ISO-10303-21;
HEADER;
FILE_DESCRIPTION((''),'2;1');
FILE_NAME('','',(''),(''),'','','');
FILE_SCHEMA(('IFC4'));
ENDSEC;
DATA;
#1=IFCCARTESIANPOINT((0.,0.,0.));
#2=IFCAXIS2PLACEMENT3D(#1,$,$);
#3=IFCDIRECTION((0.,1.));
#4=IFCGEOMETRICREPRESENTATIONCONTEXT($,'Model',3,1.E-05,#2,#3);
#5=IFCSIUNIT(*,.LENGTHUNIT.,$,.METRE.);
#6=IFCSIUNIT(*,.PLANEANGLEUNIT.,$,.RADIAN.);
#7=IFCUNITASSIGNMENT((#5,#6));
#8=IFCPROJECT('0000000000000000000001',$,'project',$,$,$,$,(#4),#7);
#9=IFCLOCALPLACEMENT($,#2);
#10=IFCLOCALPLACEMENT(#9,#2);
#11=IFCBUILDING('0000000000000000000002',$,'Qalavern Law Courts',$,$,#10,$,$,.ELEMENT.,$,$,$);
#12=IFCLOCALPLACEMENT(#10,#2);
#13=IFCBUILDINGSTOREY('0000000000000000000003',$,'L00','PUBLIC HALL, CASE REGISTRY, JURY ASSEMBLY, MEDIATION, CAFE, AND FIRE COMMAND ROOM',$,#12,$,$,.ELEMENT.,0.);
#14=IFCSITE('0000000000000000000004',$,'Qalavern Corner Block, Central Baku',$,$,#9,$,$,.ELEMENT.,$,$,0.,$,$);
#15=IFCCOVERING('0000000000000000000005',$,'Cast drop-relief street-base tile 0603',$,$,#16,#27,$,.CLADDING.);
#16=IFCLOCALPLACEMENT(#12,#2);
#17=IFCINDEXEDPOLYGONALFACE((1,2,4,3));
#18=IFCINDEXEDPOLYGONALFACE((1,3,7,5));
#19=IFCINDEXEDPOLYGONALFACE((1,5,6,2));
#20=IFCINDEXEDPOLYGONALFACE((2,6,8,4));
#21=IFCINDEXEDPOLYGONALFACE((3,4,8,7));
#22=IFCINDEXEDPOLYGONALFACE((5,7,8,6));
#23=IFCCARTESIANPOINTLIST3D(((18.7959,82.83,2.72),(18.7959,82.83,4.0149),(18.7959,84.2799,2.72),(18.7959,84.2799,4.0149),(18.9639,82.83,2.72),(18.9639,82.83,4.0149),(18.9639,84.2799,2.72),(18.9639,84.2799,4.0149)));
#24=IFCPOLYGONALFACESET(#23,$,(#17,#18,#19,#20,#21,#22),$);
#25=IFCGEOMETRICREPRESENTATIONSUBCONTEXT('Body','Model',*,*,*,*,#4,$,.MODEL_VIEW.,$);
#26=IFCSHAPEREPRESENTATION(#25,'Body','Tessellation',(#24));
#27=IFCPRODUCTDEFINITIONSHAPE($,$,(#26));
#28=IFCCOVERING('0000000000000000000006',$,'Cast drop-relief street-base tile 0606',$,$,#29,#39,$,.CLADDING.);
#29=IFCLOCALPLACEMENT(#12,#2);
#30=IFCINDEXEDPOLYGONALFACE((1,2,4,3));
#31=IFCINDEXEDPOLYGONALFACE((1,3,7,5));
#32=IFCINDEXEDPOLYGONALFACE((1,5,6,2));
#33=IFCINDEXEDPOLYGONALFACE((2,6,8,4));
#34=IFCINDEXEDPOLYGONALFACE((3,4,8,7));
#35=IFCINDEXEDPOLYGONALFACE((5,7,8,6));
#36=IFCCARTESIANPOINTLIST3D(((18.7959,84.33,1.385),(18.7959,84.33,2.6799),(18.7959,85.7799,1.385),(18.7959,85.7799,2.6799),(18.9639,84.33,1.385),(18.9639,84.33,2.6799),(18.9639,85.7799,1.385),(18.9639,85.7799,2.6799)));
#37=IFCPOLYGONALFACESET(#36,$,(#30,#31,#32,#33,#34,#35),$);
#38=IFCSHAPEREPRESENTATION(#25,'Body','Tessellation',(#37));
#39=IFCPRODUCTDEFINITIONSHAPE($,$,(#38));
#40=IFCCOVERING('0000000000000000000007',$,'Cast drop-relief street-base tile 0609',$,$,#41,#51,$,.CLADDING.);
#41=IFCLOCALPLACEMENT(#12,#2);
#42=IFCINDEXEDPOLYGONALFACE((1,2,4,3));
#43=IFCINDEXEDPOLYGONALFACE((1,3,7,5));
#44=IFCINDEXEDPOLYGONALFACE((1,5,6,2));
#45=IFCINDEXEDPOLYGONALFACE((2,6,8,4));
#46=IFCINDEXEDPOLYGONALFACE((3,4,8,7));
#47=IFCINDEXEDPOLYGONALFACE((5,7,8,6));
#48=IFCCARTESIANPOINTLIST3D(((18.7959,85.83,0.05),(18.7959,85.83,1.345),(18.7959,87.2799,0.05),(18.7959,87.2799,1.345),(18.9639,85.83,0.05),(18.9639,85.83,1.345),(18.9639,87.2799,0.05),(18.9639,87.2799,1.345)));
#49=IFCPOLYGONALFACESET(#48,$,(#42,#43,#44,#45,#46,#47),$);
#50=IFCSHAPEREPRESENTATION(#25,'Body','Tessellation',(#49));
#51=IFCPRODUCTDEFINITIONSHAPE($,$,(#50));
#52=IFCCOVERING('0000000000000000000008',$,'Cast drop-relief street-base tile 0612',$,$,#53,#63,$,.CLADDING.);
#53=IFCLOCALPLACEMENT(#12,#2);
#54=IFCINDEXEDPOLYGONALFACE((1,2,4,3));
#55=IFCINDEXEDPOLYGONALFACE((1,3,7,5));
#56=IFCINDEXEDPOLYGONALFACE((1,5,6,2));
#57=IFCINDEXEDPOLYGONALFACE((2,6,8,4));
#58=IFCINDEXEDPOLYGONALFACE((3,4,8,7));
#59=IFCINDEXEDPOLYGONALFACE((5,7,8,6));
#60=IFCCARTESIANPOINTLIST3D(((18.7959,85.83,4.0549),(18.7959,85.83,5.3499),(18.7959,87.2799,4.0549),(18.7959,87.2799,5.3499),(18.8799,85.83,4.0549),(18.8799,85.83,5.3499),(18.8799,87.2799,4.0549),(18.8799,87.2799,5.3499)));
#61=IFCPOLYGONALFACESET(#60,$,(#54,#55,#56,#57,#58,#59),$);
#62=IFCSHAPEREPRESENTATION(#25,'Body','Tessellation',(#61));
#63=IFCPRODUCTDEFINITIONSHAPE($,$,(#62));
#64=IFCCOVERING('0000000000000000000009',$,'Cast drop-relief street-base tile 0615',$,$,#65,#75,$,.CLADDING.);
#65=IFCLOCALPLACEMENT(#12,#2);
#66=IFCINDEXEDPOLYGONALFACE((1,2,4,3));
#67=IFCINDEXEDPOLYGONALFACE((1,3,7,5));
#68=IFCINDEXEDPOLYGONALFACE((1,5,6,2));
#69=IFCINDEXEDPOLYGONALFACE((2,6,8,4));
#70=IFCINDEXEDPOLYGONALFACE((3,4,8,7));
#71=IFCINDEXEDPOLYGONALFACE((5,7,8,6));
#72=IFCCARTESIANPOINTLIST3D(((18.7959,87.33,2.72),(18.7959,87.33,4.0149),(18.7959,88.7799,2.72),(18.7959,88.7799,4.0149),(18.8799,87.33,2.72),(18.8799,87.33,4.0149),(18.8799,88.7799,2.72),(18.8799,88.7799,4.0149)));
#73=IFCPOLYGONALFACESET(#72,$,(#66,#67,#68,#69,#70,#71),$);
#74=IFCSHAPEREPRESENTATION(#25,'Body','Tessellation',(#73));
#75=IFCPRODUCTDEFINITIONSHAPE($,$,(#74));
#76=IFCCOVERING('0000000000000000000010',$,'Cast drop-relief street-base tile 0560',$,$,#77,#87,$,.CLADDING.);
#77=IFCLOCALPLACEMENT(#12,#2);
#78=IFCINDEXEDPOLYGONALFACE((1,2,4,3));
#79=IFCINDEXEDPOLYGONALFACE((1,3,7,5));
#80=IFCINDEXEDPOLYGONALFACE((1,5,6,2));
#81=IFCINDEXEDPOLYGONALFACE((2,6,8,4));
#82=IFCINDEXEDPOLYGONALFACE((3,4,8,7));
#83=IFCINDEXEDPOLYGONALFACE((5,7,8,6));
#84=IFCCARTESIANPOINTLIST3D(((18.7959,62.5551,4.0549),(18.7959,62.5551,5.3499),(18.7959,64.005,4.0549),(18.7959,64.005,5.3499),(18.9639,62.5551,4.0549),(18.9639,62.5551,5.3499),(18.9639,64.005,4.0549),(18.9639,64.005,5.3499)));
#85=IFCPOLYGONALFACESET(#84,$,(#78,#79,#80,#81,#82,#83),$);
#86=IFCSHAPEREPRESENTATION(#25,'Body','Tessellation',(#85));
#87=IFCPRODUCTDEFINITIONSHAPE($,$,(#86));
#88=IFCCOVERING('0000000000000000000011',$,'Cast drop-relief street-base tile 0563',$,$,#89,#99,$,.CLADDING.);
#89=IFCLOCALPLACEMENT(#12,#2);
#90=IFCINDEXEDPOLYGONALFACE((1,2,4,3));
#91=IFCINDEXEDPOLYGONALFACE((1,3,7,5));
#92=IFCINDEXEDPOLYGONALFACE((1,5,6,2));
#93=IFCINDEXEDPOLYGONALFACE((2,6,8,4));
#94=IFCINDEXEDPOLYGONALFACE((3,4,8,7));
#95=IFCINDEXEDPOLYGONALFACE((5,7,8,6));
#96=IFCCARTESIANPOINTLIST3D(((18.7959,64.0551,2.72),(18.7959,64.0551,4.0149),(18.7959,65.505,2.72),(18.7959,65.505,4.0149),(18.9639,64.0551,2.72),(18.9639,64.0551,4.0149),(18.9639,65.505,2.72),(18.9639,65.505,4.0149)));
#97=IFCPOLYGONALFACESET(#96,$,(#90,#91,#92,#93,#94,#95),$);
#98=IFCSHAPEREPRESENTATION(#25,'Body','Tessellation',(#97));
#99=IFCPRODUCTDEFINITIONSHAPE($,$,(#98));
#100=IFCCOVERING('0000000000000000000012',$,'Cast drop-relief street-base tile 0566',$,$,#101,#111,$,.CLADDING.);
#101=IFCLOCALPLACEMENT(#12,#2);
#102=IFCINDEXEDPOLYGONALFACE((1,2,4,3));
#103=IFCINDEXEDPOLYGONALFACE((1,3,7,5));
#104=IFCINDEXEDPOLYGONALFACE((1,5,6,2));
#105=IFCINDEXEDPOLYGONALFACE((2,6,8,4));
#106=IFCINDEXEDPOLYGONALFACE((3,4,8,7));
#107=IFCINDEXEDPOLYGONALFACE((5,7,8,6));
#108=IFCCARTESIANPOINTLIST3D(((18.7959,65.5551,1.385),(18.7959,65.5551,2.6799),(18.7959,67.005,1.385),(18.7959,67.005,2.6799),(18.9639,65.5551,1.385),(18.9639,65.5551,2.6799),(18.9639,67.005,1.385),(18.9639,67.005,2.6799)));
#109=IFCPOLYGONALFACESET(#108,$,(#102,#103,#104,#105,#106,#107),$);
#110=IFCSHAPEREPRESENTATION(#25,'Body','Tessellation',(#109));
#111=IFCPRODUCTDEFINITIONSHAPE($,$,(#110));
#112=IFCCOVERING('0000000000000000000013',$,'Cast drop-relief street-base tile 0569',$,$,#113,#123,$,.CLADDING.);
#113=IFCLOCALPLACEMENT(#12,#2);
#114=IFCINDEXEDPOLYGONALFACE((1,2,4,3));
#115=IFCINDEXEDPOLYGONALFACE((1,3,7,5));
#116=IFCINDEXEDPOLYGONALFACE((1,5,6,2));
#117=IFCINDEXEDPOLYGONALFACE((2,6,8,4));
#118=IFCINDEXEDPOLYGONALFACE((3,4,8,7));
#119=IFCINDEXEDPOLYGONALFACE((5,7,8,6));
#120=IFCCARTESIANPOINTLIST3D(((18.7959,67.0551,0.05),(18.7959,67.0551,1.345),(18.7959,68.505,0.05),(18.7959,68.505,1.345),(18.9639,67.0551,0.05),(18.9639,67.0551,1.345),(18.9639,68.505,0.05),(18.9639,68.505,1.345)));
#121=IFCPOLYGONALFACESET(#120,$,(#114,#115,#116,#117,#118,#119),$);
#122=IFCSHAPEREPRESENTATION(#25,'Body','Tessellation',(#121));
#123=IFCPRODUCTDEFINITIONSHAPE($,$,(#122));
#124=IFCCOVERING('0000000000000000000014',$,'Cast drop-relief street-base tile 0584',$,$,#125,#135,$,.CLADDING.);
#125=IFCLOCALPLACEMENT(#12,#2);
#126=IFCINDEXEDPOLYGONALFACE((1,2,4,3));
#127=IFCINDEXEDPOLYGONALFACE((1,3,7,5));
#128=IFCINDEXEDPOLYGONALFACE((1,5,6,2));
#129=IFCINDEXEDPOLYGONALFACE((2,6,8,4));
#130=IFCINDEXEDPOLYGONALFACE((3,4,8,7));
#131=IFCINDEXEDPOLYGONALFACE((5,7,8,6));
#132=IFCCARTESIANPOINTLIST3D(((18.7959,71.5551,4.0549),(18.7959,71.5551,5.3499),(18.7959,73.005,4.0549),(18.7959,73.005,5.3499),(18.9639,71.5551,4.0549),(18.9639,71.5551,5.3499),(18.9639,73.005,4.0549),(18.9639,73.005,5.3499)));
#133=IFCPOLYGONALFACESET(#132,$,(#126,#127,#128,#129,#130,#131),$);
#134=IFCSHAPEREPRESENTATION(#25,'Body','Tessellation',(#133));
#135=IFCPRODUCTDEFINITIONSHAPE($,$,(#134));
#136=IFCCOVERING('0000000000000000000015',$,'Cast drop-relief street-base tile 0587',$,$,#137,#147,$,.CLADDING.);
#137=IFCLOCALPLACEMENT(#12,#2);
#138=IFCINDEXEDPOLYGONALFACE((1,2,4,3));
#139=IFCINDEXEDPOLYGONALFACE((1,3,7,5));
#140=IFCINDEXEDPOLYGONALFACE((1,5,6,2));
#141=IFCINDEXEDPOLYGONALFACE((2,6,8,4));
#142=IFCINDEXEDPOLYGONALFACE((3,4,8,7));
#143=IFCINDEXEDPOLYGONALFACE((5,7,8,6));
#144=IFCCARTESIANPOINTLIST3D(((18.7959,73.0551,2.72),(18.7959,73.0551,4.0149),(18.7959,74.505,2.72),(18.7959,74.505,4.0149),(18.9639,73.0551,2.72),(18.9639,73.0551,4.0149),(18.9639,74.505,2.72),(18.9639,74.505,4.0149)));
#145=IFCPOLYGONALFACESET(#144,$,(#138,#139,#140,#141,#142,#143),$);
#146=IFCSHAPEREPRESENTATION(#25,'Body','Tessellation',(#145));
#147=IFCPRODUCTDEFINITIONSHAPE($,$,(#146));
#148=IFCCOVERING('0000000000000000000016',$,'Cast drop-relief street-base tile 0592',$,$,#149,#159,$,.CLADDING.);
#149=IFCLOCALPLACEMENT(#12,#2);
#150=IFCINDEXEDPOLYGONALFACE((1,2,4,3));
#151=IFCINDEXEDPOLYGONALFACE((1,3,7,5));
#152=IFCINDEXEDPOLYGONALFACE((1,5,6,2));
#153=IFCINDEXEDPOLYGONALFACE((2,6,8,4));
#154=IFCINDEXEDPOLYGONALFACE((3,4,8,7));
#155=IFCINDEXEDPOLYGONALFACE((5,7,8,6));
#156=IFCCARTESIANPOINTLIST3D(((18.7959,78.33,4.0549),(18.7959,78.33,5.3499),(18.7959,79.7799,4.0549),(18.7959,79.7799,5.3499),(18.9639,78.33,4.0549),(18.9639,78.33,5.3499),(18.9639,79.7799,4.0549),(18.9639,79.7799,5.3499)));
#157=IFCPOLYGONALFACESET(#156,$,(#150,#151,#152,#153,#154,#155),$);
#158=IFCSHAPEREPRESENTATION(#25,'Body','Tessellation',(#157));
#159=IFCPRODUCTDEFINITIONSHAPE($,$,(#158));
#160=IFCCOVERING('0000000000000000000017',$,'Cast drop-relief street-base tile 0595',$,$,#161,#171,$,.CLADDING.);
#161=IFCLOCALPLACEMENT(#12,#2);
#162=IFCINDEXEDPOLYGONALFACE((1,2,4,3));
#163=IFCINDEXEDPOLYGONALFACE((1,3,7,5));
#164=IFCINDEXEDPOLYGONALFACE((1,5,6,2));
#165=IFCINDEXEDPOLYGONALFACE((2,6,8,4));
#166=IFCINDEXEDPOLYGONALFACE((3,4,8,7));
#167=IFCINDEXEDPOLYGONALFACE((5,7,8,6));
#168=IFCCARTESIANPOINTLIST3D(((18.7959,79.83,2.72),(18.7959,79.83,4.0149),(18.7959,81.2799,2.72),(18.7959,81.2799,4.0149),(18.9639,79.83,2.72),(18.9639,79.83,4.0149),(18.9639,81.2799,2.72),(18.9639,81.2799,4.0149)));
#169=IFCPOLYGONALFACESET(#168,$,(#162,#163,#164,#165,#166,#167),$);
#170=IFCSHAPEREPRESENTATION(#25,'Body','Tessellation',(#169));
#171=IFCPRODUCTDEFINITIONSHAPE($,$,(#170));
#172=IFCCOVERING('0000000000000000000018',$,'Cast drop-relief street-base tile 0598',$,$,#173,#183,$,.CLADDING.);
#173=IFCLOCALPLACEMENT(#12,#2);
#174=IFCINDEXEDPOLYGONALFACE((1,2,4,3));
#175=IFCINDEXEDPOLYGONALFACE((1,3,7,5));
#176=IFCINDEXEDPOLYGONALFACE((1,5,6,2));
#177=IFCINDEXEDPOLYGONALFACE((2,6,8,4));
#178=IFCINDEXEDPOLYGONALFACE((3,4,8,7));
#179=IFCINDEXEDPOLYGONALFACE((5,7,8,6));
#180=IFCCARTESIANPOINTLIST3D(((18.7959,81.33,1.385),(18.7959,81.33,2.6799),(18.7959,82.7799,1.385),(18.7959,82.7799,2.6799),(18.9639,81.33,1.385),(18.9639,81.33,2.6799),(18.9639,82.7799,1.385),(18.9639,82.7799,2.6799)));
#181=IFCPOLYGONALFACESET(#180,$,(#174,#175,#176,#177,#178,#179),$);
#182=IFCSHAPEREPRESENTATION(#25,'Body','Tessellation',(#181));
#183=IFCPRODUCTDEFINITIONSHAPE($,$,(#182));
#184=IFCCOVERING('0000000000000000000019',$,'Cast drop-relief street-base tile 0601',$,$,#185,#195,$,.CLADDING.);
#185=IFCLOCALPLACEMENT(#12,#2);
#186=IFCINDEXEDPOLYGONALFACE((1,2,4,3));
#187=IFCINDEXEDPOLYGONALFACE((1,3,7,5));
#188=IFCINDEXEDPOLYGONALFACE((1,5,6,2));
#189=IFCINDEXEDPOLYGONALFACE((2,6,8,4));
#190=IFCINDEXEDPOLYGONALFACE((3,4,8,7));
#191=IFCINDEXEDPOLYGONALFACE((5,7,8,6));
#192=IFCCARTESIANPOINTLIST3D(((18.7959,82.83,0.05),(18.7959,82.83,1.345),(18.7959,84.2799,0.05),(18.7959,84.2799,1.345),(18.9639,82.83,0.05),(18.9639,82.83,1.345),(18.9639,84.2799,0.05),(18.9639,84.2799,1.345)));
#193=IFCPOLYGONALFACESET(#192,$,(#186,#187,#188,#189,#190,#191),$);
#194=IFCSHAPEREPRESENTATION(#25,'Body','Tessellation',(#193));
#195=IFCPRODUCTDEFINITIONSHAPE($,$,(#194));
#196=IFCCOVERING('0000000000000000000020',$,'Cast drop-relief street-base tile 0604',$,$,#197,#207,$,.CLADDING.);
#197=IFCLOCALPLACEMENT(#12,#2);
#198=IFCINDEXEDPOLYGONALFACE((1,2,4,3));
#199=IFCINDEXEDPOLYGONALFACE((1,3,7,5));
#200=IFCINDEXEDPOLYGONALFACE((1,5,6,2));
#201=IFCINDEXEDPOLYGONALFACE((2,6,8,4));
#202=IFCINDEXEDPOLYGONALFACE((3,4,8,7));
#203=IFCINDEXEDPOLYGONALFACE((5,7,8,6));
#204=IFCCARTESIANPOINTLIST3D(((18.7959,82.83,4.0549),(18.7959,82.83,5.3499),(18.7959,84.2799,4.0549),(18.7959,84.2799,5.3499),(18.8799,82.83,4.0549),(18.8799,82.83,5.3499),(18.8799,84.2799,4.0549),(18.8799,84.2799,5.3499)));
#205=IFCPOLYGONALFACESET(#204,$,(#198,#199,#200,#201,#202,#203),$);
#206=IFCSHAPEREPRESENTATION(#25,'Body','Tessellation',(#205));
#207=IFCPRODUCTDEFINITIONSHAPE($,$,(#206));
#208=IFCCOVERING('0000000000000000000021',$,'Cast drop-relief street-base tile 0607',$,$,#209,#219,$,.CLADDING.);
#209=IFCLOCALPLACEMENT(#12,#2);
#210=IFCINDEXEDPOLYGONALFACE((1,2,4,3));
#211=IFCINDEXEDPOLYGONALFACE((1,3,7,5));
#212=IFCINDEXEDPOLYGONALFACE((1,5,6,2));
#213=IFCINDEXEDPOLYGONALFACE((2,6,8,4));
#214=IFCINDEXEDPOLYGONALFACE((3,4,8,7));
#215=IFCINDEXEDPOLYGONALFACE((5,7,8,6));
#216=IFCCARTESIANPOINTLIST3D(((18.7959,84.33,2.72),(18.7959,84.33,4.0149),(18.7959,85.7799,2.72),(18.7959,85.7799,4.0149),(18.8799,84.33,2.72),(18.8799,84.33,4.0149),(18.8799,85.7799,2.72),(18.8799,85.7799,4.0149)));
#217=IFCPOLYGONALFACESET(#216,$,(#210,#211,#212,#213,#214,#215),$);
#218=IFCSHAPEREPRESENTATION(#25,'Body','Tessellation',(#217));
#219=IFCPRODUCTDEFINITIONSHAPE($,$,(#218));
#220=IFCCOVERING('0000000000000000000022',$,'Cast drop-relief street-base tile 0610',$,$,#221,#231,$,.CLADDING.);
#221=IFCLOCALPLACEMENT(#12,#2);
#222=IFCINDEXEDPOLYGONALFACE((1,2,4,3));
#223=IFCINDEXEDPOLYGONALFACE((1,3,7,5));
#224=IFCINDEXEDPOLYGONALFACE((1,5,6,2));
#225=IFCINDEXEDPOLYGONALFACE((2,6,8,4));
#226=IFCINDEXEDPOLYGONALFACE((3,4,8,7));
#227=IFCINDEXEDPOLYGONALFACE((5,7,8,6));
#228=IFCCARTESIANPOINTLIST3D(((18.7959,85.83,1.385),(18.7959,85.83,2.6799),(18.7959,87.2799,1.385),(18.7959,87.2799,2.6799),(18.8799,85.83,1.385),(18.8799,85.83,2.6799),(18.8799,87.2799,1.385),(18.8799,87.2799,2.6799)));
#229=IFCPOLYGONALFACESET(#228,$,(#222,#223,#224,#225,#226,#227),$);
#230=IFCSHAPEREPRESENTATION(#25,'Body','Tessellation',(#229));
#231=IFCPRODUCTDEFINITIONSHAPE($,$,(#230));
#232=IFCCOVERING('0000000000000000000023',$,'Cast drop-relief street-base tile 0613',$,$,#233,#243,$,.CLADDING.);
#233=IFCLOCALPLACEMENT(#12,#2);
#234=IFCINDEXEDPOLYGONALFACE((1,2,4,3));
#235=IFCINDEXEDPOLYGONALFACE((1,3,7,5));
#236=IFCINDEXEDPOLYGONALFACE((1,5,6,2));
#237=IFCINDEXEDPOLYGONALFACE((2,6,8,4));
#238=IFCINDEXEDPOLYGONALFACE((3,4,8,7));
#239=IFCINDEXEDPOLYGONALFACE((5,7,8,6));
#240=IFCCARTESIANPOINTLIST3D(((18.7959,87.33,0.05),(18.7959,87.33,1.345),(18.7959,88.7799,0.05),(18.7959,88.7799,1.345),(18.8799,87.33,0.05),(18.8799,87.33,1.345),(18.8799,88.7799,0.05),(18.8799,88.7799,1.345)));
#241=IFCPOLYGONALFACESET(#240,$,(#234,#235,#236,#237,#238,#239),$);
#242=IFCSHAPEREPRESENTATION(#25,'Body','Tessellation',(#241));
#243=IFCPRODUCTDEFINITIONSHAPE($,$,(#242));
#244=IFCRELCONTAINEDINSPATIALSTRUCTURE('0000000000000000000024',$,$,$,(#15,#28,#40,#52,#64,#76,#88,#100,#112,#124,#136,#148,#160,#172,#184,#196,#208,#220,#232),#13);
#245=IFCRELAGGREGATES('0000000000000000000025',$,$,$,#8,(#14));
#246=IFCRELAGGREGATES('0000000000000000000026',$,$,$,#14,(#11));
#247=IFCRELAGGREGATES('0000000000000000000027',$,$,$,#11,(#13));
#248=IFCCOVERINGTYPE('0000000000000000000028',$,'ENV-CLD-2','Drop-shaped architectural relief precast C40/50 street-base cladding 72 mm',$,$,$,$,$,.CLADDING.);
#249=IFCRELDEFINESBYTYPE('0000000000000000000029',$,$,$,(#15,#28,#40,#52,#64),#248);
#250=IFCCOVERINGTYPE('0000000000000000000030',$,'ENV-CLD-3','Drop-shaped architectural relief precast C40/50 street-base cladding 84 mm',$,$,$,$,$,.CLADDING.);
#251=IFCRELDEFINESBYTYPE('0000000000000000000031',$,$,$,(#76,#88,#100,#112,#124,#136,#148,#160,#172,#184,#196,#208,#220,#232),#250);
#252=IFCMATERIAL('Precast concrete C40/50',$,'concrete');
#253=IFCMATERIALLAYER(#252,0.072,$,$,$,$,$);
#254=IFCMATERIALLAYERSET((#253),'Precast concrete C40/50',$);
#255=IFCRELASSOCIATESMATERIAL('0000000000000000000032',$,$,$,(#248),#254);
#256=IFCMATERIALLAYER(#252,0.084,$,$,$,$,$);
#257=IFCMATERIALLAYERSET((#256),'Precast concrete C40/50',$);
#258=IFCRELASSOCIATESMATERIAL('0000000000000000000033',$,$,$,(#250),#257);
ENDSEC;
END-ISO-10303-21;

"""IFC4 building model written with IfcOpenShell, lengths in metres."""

from ifc_helpers import new_model, si_unit, direction, frame, origin, origin_2d, place, context, subcontext, project, spatial, rectangle, extrude, material, layer, layer_set, type_object, element, save


model = new_model("IFC4")

# Units and contexts
model_context = context("Model", 3, precision=1e-05, world=origin(), true_north=direction((0.0, 1.0)))
body_context = subcontext(model_context, "Body", "Model", "MODEL_VIEW")
ifc_project = project(units=[si_unit("LENGTHUNIT", "METRE"), si_unit("PLANEANGLEUNIT", "RADIAN")], contexts=[model_context])

# Site, building, storey
site_placement = place(None, origin())
site = spatial("IfcSite", under=ifc_project, at=site_placement, Name="Qalavern Corner Block, Central Baku", CompositionType="ELEMENT", RefElevation=0.0)
building_placement = place(site_placement, origin())
building = spatial("IfcBuilding", under=site, at=building_placement, Name="Qalavern Law Courts", CompositionType="ELEMENT")
storey_placement = place(building_placement, origin())
storey = spatial("IfcBuildingStorey", under=building, at=storey_placement, Name="L00", Description="PUBLIC HALL, CASE REGISTRY, JURY ASSEMBLY, MEDIATION, CAFE, AND FIRE COMMAND ROOM", CompositionType="ELEMENT", Elevation=0.0)

# Coverings
ifc_material = material(Name="Precast concrete C40/50", Category="concrete")
ifc_layer_1 = layer(ifc_material, 0.072)
ifc_layer_set_1 = layer_set([ifc_layer_1], Name="Precast concrete C40/50")
covering_type_1 = type_object("IfcCoveringType", Name="ENV-CLD-2", Description="Drop-shaped architectural relief precast C40/50 street-base cladding 72 mm", PredefinedType="CLADDING", material=ifc_layer_set_1)
for number, where, z_axis, x_axis, name in (
    (1, (18.8799, 83.5549, 2.72), (0.0, 0.0, 1.0), (0.0, 1.0, 0.0), "Cast drop-relief street-base tile 0603"),
    (2, (18.8799, 85.0549, 1.385), (0.0, 0.0, 1.0), (0.0, 1.0, 0.0), "Cast drop-relief street-base tile 0606"),
    (3, (18.8799, 86.5549, 0.05), (0.0, 0.0, 1.0), (0.0, 1.0, 0.0), "Cast drop-relief street-base tile 0609"),
):
    element("IfcCovering", number, at=place(storey_placement, frame(where, z_axis=z_axis, x_axis=x_axis)), inside=storey, type_object=covering_type_1, Name=name, PredefinedType="CLADDING", context=body_context, shape_type="SweptSolid", body=[
        extrude(rectangle(XDim=1.45, YDim=0.168, at=origin_2d()), origin(), (0.0, 0.0, 1.0), 1.2949),
    ])
for number, where, z_axis, x_axis, name in (
    (4, (18.8379, 86.5549, 4.0549), (0.0, 0.0, 1.0), (0.0, 1.0, 0.0), "Cast drop-relief street-base tile 0612"),
    (5, (18.8379, 88.0549, 2.72), (0.0, 0.0, 1.0), (0.0, 1.0, 0.0), "Cast drop-relief street-base tile 0615"),
):
    element("IfcCovering", number, at=place(storey_placement, frame(where, z_axis=z_axis, x_axis=x_axis)), inside=storey, type_object=covering_type_1, Name=name, PredefinedType="CLADDING", context=body_context, shape_type="SweptSolid", body=[
        extrude(rectangle(XDim=1.45, YDim=0.084, at=origin_2d()), origin(), (0.0, 0.0, 1.0), 1.2949),
    ])
ifc_layer_2 = layer(ifc_material, 0.084)
ifc_layer_set_2 = layer_set([ifc_layer_2], Name="Precast concrete C40/50")
covering_type_2 = type_object("IfcCoveringType", Name="ENV-CLD-3", Description="Drop-shaped architectural relief precast C40/50 street-base cladding 84 mm", PredefinedType="CLADDING", material=ifc_layer_set_2)
for number, where, z_axis, x_axis, name in (
    (6, (18.8799, 63.28, 4.0549), (0.0, 0.0, 1.0), (0.0, 1.0, 0.0), "Cast drop-relief street-base tile 0560"),
    (7, (18.8799, 64.78, 2.72), (0.0, 0.0, 1.0), (0.0, 1.0, 0.0), "Cast drop-relief street-base tile 0563"),
    (8, (18.8799, 66.28, 1.385), (0.0, 0.0, 1.0), (0.0, 1.0, 0.0), "Cast drop-relief street-base tile 0566"),
    (9, (18.8799, 67.78, 0.05), (0.0, 0.0, 1.0), (0.0, 1.0, 0.0), "Cast drop-relief street-base tile 0569"),
    (10, (18.8799, 72.28, 4.0549), (0.0, 0.0, 1.0), (0.0, 1.0, 0.0), "Cast drop-relief street-base tile 0584"),
    (11, (18.8799, 73.78, 2.72), (0.0, 0.0, 1.0), (0.0, 1.0, 0.0), "Cast drop-relief street-base tile 0587"),
    (12, (18.8799, 79.0549, 4.0549), (0.0, 0.0, 1.0), (0.0, 1.0, 0.0), "Cast drop-relief street-base tile 0592"),
    (13, (18.8799, 80.5549, 2.72), (0.0, 0.0, 1.0), (0.0, 1.0, 0.0), "Cast drop-relief street-base tile 0595"),
    (14, (18.8799, 82.0549, 1.385), (0.0, 0.0, 1.0), (0.0, 1.0, 0.0), "Cast drop-relief street-base tile 0598"),
    (15, (18.8799, 83.5549, 0.05), (0.0, 0.0, 1.0), (0.0, 1.0, 0.0), "Cast drop-relief street-base tile 0601"),
):
    element("IfcCovering", number, at=place(storey_placement, frame(where, z_axis=z_axis, x_axis=x_axis)), inside=storey, type_object=covering_type_2, Name=name, PredefinedType="CLADDING", context=body_context, shape_type="SweptSolid", body=[
        extrude(rectangle(XDim=1.45, YDim=0.168, at=origin_2d()), origin(), (0.0, 0.0, 1.0), 1.2949),
    ])
for number, where, z_axis, x_axis, name in (
    (16, (18.8379, 83.5549, 4.0549), (0.0, 0.0, 1.0), (0.0, 1.0, 0.0), "Cast drop-relief street-base tile 0604"),
    (17, (18.8379, 85.0549, 2.72), (0.0, 0.0, 1.0), (0.0, 1.0, 0.0), "Cast drop-relief street-base tile 0607"),
    (18, (18.8379, 86.5549, 1.385), (0.0, 0.0, 1.0), (0.0, 1.0, 0.0), "Cast drop-relief street-base tile 0610"),
    (19, (18.8379, 88.0549, 0.05), (0.0, 0.0, 1.0), (0.0, 1.0, 0.0), "Cast drop-relief street-base tile 0613"),
):
    element("IfcCovering", number, at=place(storey_placement, frame(where, z_axis=z_axis, x_axis=x_axis)), inside=storey, type_object=covering_type_2, Name=name, PredefinedType="CLADDING", context=body_context, shape_type="SweptSolid", body=[
        extrude(rectangle(XDim=1.45, YDim=0.084, at=origin_2d()), origin(), (0.0, 0.0, 1.0), 1.2949),
    ])

save(model, "model.ifc")
